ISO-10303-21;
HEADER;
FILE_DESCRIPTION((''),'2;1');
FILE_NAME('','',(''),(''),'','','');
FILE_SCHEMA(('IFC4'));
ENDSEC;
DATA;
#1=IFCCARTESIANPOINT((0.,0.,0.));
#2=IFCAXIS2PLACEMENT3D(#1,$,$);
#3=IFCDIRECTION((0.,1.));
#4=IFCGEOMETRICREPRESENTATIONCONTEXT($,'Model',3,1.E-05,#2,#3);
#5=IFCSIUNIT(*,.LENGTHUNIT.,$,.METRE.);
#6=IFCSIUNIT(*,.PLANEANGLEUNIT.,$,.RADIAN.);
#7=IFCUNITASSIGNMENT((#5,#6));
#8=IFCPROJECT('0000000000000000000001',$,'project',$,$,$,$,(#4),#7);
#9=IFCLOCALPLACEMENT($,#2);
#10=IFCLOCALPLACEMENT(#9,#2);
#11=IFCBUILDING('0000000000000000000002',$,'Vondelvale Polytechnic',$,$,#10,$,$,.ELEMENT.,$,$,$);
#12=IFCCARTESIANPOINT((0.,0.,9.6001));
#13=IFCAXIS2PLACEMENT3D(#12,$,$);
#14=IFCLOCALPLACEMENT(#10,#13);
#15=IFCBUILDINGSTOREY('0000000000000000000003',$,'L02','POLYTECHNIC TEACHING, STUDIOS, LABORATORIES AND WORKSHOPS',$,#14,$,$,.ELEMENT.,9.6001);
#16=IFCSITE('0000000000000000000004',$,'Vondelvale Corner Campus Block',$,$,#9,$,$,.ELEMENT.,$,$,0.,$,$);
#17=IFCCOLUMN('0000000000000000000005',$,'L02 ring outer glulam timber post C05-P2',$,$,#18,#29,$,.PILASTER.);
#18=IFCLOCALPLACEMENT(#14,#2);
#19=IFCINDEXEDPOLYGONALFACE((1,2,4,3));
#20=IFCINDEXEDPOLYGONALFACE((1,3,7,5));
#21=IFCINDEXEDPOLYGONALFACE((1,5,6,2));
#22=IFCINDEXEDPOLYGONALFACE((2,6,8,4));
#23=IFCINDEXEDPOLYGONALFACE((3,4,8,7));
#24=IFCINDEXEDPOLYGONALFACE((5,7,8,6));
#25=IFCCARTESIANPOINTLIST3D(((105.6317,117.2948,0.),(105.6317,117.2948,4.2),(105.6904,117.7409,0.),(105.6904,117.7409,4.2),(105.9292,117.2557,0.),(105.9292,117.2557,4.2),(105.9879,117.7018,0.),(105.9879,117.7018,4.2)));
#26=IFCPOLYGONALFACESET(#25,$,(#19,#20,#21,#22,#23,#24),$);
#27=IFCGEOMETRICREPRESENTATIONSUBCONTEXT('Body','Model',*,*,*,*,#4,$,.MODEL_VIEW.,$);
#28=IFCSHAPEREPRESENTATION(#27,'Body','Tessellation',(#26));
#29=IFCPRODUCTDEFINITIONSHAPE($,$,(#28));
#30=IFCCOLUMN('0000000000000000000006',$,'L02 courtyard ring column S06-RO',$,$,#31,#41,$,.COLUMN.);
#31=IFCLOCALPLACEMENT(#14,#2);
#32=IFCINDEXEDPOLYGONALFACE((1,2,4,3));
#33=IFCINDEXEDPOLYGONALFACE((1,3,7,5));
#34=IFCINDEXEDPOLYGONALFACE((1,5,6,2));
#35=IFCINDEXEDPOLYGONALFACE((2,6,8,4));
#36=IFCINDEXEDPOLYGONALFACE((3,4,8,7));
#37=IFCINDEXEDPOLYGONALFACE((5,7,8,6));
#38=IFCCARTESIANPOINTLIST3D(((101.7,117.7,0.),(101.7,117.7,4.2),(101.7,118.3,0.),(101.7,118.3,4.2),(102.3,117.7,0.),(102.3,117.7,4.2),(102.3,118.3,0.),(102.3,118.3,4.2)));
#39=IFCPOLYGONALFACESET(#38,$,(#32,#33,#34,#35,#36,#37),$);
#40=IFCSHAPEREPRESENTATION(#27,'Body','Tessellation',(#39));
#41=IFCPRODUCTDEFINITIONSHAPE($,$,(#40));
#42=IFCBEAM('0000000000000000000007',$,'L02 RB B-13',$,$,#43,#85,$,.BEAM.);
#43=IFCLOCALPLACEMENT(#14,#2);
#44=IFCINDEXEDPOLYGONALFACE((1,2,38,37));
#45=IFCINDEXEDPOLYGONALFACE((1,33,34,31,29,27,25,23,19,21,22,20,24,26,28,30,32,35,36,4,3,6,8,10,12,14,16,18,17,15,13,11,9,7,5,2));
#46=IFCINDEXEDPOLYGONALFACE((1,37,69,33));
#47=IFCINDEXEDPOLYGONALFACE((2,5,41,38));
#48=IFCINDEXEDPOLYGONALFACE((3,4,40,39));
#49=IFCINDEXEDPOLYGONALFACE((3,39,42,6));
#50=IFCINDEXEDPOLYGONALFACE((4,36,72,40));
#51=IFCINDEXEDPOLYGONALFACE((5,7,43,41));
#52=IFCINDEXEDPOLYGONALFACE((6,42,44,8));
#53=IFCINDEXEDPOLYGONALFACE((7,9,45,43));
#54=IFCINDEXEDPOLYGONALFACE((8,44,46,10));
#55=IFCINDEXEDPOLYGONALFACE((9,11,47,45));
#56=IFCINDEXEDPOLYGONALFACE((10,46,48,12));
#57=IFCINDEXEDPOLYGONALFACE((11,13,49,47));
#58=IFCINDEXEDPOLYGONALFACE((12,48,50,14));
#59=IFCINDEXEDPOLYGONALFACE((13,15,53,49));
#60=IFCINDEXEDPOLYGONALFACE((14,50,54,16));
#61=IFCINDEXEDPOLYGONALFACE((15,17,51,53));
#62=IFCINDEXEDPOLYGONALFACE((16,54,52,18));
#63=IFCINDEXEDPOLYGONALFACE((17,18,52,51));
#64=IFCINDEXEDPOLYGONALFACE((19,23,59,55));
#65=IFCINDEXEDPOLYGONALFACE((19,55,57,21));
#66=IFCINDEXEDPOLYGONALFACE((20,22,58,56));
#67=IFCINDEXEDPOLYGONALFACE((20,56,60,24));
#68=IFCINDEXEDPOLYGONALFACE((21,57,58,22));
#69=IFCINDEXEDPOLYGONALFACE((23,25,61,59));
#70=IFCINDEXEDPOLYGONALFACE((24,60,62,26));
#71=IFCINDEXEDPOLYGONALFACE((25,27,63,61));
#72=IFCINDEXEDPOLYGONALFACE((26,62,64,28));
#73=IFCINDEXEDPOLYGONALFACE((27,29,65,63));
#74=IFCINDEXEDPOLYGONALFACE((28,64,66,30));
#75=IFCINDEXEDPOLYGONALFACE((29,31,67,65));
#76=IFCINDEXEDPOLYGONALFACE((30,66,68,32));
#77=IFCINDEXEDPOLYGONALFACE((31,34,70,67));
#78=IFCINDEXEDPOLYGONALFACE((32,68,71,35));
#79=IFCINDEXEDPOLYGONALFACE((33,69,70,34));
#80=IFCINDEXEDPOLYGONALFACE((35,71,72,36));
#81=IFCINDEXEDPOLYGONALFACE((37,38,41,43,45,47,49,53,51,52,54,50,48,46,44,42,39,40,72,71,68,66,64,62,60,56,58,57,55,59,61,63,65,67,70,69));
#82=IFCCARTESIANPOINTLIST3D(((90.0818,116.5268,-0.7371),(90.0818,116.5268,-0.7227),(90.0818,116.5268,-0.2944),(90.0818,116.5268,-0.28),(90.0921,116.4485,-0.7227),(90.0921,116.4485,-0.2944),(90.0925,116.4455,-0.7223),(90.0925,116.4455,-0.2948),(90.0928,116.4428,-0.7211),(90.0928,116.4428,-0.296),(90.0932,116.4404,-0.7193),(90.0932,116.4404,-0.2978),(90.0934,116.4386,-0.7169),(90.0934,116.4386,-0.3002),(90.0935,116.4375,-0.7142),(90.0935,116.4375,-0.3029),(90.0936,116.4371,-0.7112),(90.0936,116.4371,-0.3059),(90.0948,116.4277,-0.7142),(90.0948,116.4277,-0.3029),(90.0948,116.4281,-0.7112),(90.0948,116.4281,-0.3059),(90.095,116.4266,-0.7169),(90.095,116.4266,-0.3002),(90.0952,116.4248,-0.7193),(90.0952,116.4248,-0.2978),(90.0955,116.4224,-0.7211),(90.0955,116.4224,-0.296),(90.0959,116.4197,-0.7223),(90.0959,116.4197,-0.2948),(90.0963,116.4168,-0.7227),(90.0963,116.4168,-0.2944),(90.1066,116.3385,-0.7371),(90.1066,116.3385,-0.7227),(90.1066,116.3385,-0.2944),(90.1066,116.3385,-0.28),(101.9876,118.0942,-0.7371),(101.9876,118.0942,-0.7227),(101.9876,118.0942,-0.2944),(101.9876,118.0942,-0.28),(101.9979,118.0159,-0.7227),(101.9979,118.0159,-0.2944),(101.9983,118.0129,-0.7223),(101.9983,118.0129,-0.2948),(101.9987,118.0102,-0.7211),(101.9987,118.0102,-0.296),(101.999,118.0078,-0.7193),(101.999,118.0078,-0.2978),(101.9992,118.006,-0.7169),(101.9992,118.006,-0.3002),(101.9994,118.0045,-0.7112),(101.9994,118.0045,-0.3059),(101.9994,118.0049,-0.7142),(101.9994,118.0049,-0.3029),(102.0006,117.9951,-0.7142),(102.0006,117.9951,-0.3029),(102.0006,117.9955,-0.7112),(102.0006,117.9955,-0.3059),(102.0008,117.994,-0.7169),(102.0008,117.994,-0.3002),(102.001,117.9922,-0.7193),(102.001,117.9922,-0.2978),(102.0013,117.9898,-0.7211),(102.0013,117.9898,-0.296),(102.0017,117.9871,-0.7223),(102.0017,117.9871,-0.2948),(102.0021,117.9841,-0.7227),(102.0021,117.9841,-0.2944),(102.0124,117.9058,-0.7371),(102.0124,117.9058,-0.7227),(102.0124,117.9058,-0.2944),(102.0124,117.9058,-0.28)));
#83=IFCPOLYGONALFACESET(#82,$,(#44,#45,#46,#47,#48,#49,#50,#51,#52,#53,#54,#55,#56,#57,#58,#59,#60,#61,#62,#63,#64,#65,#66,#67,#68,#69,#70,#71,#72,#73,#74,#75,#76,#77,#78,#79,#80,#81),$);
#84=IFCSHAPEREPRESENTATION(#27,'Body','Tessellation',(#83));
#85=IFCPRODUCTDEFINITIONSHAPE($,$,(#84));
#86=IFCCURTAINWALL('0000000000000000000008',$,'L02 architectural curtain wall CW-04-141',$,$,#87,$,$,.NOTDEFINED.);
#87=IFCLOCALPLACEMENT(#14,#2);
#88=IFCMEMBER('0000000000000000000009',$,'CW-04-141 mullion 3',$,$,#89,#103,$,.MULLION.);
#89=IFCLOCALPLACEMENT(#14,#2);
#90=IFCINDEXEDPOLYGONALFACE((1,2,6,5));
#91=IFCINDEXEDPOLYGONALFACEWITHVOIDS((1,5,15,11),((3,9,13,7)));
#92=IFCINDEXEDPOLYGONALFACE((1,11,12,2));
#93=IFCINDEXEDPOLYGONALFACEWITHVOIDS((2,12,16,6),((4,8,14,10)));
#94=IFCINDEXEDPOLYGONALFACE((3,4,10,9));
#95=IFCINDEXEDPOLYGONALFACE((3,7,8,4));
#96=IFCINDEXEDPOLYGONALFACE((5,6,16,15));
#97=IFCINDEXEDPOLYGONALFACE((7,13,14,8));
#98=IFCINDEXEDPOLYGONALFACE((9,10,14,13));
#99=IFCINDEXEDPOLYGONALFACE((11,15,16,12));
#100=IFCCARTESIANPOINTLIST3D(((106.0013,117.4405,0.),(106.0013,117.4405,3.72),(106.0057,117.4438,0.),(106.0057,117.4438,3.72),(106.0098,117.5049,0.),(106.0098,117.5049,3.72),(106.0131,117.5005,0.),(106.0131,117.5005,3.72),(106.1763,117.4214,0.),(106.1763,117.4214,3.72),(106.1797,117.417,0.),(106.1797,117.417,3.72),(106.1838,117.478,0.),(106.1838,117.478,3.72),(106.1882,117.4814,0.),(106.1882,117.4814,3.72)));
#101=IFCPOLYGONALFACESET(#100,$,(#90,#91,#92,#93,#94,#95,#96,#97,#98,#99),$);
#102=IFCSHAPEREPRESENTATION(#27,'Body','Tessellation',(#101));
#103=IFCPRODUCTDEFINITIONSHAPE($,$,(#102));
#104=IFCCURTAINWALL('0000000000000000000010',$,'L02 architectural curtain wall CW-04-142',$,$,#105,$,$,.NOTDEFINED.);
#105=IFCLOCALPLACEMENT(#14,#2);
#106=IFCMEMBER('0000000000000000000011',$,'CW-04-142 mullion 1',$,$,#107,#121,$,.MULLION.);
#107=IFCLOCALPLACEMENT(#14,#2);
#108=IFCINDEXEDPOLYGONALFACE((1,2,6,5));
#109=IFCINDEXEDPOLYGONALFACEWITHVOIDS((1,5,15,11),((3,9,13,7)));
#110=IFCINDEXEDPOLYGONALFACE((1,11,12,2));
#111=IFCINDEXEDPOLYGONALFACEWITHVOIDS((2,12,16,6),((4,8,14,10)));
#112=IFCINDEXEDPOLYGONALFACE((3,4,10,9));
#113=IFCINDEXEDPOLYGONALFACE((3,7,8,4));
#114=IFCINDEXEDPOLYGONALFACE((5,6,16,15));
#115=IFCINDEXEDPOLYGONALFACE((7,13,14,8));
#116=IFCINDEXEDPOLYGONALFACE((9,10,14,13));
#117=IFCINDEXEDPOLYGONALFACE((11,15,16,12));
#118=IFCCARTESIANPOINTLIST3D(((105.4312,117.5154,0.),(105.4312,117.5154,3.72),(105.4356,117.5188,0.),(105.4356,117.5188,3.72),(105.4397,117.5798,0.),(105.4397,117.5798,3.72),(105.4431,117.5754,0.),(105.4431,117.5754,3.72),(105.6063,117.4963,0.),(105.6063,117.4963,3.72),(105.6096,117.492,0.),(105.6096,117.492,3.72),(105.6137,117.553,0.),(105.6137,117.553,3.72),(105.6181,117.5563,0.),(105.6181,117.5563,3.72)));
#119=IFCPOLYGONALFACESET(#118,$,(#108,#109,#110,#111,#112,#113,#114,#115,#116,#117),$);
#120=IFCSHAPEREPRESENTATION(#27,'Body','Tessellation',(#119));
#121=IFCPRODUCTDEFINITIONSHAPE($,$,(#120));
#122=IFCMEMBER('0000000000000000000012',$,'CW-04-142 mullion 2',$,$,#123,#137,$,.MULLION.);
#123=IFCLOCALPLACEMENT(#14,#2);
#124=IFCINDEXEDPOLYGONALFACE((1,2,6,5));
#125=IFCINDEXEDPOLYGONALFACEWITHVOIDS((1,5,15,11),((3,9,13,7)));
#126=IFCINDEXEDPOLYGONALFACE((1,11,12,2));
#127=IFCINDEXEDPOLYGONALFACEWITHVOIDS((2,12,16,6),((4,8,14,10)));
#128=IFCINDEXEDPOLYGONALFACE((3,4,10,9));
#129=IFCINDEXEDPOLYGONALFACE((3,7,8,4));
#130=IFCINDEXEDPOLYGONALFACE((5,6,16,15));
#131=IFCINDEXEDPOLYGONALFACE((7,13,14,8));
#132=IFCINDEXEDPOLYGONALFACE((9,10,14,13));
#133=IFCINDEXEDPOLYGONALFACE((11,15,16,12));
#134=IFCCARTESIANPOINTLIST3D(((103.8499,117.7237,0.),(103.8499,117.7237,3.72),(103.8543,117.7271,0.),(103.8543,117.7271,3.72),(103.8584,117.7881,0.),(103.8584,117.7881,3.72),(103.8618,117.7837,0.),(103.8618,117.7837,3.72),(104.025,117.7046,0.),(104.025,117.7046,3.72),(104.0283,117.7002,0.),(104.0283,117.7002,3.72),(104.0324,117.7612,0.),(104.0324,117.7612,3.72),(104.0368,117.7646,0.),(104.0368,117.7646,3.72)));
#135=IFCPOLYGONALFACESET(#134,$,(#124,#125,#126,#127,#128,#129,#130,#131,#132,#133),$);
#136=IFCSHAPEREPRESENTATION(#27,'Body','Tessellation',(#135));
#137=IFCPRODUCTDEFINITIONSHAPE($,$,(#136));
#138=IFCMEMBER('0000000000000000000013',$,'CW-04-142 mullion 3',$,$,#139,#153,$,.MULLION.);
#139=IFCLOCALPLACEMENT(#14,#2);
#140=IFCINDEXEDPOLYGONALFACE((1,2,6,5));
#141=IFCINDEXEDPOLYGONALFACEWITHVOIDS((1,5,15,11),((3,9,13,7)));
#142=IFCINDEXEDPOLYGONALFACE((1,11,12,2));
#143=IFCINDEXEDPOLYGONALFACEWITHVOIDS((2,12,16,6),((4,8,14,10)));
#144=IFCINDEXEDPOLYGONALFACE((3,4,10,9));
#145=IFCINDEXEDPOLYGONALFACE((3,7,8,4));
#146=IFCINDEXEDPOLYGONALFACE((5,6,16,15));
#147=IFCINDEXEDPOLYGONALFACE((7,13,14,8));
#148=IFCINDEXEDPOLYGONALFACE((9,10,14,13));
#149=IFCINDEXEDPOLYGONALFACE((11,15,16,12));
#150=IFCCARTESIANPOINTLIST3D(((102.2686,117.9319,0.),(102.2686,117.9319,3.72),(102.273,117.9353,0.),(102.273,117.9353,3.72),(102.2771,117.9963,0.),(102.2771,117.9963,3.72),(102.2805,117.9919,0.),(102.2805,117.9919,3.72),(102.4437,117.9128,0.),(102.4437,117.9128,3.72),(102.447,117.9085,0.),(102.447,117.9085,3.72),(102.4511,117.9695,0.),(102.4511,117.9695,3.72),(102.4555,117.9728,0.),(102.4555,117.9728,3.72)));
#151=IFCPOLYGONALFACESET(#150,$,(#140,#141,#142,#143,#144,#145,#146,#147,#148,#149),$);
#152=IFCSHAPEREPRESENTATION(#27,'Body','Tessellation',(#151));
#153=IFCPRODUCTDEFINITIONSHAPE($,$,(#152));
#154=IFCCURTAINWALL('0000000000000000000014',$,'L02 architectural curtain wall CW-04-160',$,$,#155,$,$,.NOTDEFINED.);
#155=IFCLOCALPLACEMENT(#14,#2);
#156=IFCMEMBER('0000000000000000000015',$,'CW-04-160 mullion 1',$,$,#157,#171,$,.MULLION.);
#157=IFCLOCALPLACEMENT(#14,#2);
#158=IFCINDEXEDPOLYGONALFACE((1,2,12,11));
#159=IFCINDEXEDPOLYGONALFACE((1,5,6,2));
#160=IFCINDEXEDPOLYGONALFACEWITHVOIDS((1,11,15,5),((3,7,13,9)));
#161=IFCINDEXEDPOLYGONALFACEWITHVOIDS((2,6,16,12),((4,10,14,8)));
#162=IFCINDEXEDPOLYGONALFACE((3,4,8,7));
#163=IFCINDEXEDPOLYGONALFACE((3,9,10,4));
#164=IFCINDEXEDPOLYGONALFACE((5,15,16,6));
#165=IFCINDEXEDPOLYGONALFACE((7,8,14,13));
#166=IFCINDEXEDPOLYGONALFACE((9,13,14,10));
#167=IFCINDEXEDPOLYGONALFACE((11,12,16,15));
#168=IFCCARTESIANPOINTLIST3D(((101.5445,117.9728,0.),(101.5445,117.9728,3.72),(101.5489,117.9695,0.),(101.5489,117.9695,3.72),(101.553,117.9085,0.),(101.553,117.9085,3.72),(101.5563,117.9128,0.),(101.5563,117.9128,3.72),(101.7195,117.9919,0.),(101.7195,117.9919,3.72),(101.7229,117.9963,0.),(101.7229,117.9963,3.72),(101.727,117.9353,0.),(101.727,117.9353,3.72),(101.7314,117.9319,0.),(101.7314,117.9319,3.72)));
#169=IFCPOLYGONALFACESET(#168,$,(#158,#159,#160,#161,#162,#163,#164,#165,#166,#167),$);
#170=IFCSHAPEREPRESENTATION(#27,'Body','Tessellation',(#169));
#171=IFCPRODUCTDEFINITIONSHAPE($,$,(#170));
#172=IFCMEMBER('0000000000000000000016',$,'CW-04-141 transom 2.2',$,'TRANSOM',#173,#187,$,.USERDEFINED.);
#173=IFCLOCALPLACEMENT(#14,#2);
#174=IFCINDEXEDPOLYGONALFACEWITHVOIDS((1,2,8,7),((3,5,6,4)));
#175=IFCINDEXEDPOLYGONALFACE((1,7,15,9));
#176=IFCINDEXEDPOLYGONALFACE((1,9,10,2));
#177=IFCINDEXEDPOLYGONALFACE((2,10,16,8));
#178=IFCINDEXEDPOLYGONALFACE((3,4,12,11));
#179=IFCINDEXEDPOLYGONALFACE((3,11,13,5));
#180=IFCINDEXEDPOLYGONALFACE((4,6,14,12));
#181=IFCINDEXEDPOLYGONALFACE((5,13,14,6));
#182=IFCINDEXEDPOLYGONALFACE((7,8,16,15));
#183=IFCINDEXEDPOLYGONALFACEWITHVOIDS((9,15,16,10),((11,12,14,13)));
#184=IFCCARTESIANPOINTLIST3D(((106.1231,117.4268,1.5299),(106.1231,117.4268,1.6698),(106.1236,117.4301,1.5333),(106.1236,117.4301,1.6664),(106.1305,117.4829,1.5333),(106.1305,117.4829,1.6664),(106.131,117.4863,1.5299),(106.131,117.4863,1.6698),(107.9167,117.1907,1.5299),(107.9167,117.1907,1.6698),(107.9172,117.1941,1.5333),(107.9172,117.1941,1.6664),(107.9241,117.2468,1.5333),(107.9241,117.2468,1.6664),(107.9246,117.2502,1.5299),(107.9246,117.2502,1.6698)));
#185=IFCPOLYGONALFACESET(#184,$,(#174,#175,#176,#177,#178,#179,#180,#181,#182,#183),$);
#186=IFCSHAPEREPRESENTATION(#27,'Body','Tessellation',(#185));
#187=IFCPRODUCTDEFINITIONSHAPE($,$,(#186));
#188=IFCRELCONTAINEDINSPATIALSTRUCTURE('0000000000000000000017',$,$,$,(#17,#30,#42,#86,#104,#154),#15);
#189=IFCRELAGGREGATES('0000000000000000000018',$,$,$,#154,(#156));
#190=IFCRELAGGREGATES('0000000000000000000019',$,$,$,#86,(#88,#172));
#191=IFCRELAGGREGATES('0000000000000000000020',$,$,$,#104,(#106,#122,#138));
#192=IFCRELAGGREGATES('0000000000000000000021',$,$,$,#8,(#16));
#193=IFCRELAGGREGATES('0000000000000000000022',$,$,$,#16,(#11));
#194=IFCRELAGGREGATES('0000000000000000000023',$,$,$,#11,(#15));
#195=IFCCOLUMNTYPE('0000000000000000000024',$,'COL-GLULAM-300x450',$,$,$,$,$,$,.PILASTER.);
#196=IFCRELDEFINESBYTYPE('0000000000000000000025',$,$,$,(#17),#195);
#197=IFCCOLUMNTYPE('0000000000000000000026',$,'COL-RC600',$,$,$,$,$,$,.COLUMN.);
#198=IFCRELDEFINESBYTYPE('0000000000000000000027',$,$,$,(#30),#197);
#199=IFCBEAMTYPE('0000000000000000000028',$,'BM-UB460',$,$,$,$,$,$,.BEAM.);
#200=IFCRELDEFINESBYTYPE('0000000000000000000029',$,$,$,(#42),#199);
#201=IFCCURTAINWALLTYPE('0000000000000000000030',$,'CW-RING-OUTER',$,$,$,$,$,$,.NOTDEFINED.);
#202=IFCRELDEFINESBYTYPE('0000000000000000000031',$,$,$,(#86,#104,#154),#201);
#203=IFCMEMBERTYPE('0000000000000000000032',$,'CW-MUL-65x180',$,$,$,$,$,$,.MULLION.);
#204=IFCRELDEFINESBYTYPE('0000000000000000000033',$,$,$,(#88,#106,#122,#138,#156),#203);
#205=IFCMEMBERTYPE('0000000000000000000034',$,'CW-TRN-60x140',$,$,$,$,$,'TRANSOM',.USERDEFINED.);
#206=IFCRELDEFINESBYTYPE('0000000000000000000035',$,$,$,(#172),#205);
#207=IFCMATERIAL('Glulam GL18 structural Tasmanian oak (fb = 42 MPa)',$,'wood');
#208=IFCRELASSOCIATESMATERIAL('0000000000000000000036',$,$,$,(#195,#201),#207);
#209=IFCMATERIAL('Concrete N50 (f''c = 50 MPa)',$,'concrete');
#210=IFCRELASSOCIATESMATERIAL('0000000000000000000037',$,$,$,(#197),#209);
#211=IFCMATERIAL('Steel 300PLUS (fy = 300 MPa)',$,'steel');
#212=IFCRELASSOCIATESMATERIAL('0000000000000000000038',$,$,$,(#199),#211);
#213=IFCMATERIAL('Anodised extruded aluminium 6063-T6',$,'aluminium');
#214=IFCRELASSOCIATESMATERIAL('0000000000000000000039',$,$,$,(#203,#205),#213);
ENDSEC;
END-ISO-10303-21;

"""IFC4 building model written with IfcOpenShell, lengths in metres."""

from ifc_helpers import new_model, si_unit, direction, frame, origin, origin_2d, place, context, subcontext, project, spatial, rectangle, hollow_rectangle, i_section, extrude, material, material_profile, profile_set, type_object, element, aggregate, save


model = new_model("IFC4")

# Units and contexts
model_context = context("Model", 3, precision=1e-05, world=origin(), true_north=direction((0.0, 1.0)))
body_context = subcontext(model_context, "Body", "Model", "MODEL_VIEW")
ifc_project = project(units=[si_unit("LENGTHUNIT", "METRE"), si_unit("PLANEANGLEUNIT", "RADIAN")], contexts=[model_context])

# Site, building, storey
site_placement = place(None, origin())
site = spatial("IfcSite", under=ifc_project, at=site_placement, Name="Vondelvale Corner Campus Block", CompositionType="ELEMENT", RefElevation=0.0)
building_placement = place(site_placement, origin())
building = spatial("IfcBuilding", under=site, at=building_placement, Name="Vondelvale Polytechnic", CompositionType="ELEMENT")
storey_placement = place(building_placement, frame((0.0, 0.0, 9.6001)))
storey = spatial("IfcBuildingStorey", under=building, at=storey_placement, Name="L02", Description="POLYTECHNIC TEACHING, STUDIOS, LABORATORIES AND WORKSHOPS", CompositionType="ELEMENT", Elevation=9.6001)

# Columns
ifc_material_1 = material(Name="Glulam GL18 structural Tasmanian oak (fb = 42 MPa)", Category="wood")
ifc_material_profile_1 = material_profile(ifc_material_1, rectangle(XDim=0.3, YDim=0.45, at=origin_2d()), Name="GL-POST-300x450")
ifc_profile_set_1 = profile_set([ifc_material_profile_1], Name="Glulam GL18 structural Tasmanian oak (fb = 42 MPa)")
column_type_1 = type_object("IfcColumnType", Name="COL-GLULAM-300x450", PredefinedType="PILASTER", material=ifc_profile_set_1)
column_1_placement = place(storey_placement, frame((105.8098, 117.4983, 0.0), z_axis=(0.0, 0.0, 1.0), x_axis=(-0.991445, 0.130526, 0.0)))
element("IfcColumn", 1, at=column_1_placement, inside=storey, type_object=column_type_1, Name="L02 ring outer glulam timber post C05-P2", PredefinedType="PILASTER", context=body_context, shape_type="SweptSolid", body=[
    extrude(rectangle(XDim=0.3, YDim=0.45, at=origin_2d()), origin(), (0.0, 0.0, 1.0), 4.2),
])
ifc_material_2 = material(Name="Concrete N50 (f'c = 50 MPa)", Category="concrete")
ifc_material_profile_2 = material_profile(ifc_material_2, rectangle(XDim=0.6001, YDim=0.6001, at=origin_2d()), Name="RC-COL-600x600")
ifc_profile_set_2 = profile_set([ifc_material_profile_2], Name="Concrete N50 (f'c = 50 MPa)")
column_type_2 = type_object("IfcColumnType", Name="COL-RC600", PredefinedType="COLUMN", material=ifc_profile_set_2)
column_2_placement = place(storey_placement, frame((102.0, 118.0, 0.0), z_axis=(0.0, 0.0, 1.0), x_axis=(0.0, 1.0, 0.0)))
element("IfcColumn", 2, at=column_2_placement, inside=storey, type_object=column_type_2, Name="L02 courtyard ring column S06-RO", PredefinedType="COLUMN", context=body_context, shape_type="SweptSolid", body=[
    extrude(rectangle(XDim=0.6001, YDim=0.6001, at=origin_2d()), origin(), (0.0, 0.0, 1.0), 4.2),
])

# Beam
ifc_material_3 = material(Name="Steel 300PLUS (fy = 300 MPa)", Category="steel")
ifc_material_profile_3 = material_profile(ifc_material_3, i_section(OverallWidth=0.1899, OverallDepth=0.457, WebThickness=0.009, FlangeThickness=0.0144, FilletRadius=0.0115, at=origin_2d()), Name="460UB74.6")
ifc_profile_set_3 = profile_set([ifc_material_profile_3], Name="Steel 300PLUS (fy = 300 MPa)")
beam_type = type_object("IfcBeamType", Name="BM-UB460", PredefinedType="BEAM", material=ifc_profile_set_3)
beam_placement = place(storey_placement, frame((102.0, 118.0, -0.5085), z_axis=(-0.991445, -0.130523, 0.0), x_axis=(0.130523, -0.991445, 0.0)))
element("IfcBeam", 3, at=beam_placement, inside=storey, type_object=beam_type, Name="L02 RB B-13", PredefinedType="BEAM", context=body_context, shape_type="SweptSolid", body=[
    extrude(i_section(OverallWidth=0.1899, OverallDepth=0.457, WebThickness=0.009, FlangeThickness=0.0144, FilletRadius=0.0115, at=origin_2d()), origin(), (0.0, 0.0, 1.0), 12.0085),
])

# Curtain wall, member
curtain_wall_type = type_object("IfcCurtainWallType", Name="CW-RING-OUTER", PredefinedType="NOTDEFINED", material=ifc_material_1)
curtain_wall_1_placement = place(storey_placement, origin())
curtain_wall_1 = element("IfcCurtainWall", 4, at=curtain_wall_1_placement, inside=storey, type_object=curtain_wall_type, Name="L02 architectural curtain wall CW-04-141", PredefinedType="NOTDEFINED")
ifc_material_4 = material(Name="Anodised extruded aluminium 6063-T6", Category="aluminium")
ifc_material_profile_4 = material_profile(ifc_material_4, hollow_rectangle(XDim=0.0649, YDim=0.1799, WallThickness=0.0039, at=origin_2d()), Name="CW-MUL-180x65")
ifc_profile_set_4 = profile_set([ifc_material_profile_4], Name="Anodised extruded aluminium 6063-T6")
member_type_1 = type_object("IfcMemberType", Name="CW-MUL-65x180", PredefinedType="MULLION", material=ifc_profile_set_4)
member_1_placement = place(storey_placement, frame((106.0947, 117.4609, 0.0), z_axis=(0.0, 0.0, 1.0), x_axis=(-0.130497, -0.991449, 0.0)))
member_1 = element("IfcMember", 5, at=member_1_placement, type_object=member_type_1, Name="CW-04-141 mullion 3", PredefinedType="MULLION", context=body_context, shape_type="SweptSolid", body=[
    extrude(hollow_rectangle(XDim=0.0649, YDim=0.1799, WallThickness=0.0039, at=origin_2d()), origin(), (0.0, 0.0, 1.0), 3.72),
])

# Curtain wall, members
curtain_wall_2_placement = place(storey_placement, origin())
curtain_wall_2 = element("IfcCurtainWall", 6, at=curtain_wall_2_placement, inside=storey, type_object=curtain_wall_type, Name="L02 architectural curtain wall CW-04-142", PredefinedType="NOTDEFINED")
member_2_placement = place(storey_placement, frame((105.5247, 117.5359, 0.0), z_axis=(0.0, 0.0, 1.0), x_axis=(-0.13054, -0.991443, 0.0)))
member_2 = element("IfcMember", 7, at=member_2_placement, type_object=member_type_1, Name="CW-04-142 mullion 1", PredefinedType="MULLION", context=body_context, shape_type="SweptSolid", body=[
    extrude(hollow_rectangle(XDim=0.0649, YDim=0.1799, WallThickness=0.0039, at=origin_2d()), origin(), (0.0, 0.0, 1.0), 3.72),
])
member_3_placement = place(storey_placement, frame((103.9434, 117.7441, 0.0), z_axis=(0.0, 0.0, 1.0), x_axis=(-0.13054, -0.991443, 0.0)))
member_3 = element("IfcMember", 8, at=member_3_placement, type_object=member_type_1, Name="CW-04-142 mullion 2", PredefinedType="MULLION", context=body_context, shape_type="SweptSolid", body=[
    extrude(hollow_rectangle(XDim=0.0649, YDim=0.1799, WallThickness=0.0039, at=origin_2d()), origin(), (0.0, 0.0, 1.0), 3.72),
])
member_4_placement = place(storey_placement, frame((102.3621, 117.9524, 0.0), z_axis=(0.0, 0.0, 1.0), x_axis=(-0.13054, -0.991443, 0.0)))
member_4 = element("IfcMember", 9, at=member_4_placement, type_object=member_type_1, Name="CW-04-142 mullion 3", PredefinedType="MULLION", context=body_context, shape_type="SweptSolid", body=[
    extrude(hollow_rectangle(XDim=0.0649, YDim=0.1799, WallThickness=0.0039, at=origin_2d()), origin(), (0.0, 0.0, 1.0), 3.72),
])

# Curtain wall, member
curtain_wall_3_placement = place(storey_placement, origin())
curtain_wall_3 = element("IfcCurtainWall", 10, at=curtain_wall_3_placement, inside=storey, type_object=curtain_wall_type, Name="L02 architectural curtain wall CW-04-160", PredefinedType="NOTDEFINED")
member_5_placement = place(storey_placement, frame((101.6379, 117.9524, 0.0), z_axis=(0.0, 0.0, 1.0), x_axis=(0.13054, -0.991443, 0.0)))
member_5 = element("IfcMember", 11, at=member_5_placement, type_object=member_type_1, Name="CW-04-160 mullion 1", PredefinedType="MULLION", context=body_context, shape_type="SweptSolid", body=[
    extrude(hollow_rectangle(XDim=0.0649, YDim=0.1799, WallThickness=0.0039, at=origin_2d()), origin(), (0.0, 0.0, 1.0), 3.72),
])

# Member
ifc_material_profile_5 = material_profile(ifc_material_4, hollow_rectangle(XDim=0.0601, YDim=0.1399, WallThickness=0.0034, at=origin_2d()), Name="CW-TRN-140x60")
ifc_profile_set_5 = profile_set([ifc_material_profile_5], Name="Anodised extruded aluminium 6063-T6")
member_type_2 = type_object("IfcMemberType", Name="CW-TRN-60x140", ElementType="TRANSOM", PredefinedType="USERDEFINED", material=ifc_profile_set_5)
member_6_placement = place(storey_placement, frame((107.9207, 117.2205, 1.5999), z_axis=(-0.991449, 0.130493, 0.0), x_axis=(-0.130493, -0.991449, 0.0)))
member_6 = element("IfcMember", 12, at=member_6_placement, type_object=member_type_2, Name="CW-04-141 transom 2.2", ObjectType="TRANSOM", PredefinedType="USERDEFINED", context=body_context, shape_type="SweptSolid", body=[
    extrude(hollow_rectangle(XDim=0.0601, YDim=0.1399, WallThickness=0.0034, at=origin_2d()), origin(), (0.0, 0.0, 1.0), 1.8091),
])
aggregate(curtain_wall_3, [member_5])

aggregate(curtain_wall_1, [member_1, member_6])
aggregate(curtain_wall_2, [member_2, member_3, member_4])

save(model, "model.ifc")
